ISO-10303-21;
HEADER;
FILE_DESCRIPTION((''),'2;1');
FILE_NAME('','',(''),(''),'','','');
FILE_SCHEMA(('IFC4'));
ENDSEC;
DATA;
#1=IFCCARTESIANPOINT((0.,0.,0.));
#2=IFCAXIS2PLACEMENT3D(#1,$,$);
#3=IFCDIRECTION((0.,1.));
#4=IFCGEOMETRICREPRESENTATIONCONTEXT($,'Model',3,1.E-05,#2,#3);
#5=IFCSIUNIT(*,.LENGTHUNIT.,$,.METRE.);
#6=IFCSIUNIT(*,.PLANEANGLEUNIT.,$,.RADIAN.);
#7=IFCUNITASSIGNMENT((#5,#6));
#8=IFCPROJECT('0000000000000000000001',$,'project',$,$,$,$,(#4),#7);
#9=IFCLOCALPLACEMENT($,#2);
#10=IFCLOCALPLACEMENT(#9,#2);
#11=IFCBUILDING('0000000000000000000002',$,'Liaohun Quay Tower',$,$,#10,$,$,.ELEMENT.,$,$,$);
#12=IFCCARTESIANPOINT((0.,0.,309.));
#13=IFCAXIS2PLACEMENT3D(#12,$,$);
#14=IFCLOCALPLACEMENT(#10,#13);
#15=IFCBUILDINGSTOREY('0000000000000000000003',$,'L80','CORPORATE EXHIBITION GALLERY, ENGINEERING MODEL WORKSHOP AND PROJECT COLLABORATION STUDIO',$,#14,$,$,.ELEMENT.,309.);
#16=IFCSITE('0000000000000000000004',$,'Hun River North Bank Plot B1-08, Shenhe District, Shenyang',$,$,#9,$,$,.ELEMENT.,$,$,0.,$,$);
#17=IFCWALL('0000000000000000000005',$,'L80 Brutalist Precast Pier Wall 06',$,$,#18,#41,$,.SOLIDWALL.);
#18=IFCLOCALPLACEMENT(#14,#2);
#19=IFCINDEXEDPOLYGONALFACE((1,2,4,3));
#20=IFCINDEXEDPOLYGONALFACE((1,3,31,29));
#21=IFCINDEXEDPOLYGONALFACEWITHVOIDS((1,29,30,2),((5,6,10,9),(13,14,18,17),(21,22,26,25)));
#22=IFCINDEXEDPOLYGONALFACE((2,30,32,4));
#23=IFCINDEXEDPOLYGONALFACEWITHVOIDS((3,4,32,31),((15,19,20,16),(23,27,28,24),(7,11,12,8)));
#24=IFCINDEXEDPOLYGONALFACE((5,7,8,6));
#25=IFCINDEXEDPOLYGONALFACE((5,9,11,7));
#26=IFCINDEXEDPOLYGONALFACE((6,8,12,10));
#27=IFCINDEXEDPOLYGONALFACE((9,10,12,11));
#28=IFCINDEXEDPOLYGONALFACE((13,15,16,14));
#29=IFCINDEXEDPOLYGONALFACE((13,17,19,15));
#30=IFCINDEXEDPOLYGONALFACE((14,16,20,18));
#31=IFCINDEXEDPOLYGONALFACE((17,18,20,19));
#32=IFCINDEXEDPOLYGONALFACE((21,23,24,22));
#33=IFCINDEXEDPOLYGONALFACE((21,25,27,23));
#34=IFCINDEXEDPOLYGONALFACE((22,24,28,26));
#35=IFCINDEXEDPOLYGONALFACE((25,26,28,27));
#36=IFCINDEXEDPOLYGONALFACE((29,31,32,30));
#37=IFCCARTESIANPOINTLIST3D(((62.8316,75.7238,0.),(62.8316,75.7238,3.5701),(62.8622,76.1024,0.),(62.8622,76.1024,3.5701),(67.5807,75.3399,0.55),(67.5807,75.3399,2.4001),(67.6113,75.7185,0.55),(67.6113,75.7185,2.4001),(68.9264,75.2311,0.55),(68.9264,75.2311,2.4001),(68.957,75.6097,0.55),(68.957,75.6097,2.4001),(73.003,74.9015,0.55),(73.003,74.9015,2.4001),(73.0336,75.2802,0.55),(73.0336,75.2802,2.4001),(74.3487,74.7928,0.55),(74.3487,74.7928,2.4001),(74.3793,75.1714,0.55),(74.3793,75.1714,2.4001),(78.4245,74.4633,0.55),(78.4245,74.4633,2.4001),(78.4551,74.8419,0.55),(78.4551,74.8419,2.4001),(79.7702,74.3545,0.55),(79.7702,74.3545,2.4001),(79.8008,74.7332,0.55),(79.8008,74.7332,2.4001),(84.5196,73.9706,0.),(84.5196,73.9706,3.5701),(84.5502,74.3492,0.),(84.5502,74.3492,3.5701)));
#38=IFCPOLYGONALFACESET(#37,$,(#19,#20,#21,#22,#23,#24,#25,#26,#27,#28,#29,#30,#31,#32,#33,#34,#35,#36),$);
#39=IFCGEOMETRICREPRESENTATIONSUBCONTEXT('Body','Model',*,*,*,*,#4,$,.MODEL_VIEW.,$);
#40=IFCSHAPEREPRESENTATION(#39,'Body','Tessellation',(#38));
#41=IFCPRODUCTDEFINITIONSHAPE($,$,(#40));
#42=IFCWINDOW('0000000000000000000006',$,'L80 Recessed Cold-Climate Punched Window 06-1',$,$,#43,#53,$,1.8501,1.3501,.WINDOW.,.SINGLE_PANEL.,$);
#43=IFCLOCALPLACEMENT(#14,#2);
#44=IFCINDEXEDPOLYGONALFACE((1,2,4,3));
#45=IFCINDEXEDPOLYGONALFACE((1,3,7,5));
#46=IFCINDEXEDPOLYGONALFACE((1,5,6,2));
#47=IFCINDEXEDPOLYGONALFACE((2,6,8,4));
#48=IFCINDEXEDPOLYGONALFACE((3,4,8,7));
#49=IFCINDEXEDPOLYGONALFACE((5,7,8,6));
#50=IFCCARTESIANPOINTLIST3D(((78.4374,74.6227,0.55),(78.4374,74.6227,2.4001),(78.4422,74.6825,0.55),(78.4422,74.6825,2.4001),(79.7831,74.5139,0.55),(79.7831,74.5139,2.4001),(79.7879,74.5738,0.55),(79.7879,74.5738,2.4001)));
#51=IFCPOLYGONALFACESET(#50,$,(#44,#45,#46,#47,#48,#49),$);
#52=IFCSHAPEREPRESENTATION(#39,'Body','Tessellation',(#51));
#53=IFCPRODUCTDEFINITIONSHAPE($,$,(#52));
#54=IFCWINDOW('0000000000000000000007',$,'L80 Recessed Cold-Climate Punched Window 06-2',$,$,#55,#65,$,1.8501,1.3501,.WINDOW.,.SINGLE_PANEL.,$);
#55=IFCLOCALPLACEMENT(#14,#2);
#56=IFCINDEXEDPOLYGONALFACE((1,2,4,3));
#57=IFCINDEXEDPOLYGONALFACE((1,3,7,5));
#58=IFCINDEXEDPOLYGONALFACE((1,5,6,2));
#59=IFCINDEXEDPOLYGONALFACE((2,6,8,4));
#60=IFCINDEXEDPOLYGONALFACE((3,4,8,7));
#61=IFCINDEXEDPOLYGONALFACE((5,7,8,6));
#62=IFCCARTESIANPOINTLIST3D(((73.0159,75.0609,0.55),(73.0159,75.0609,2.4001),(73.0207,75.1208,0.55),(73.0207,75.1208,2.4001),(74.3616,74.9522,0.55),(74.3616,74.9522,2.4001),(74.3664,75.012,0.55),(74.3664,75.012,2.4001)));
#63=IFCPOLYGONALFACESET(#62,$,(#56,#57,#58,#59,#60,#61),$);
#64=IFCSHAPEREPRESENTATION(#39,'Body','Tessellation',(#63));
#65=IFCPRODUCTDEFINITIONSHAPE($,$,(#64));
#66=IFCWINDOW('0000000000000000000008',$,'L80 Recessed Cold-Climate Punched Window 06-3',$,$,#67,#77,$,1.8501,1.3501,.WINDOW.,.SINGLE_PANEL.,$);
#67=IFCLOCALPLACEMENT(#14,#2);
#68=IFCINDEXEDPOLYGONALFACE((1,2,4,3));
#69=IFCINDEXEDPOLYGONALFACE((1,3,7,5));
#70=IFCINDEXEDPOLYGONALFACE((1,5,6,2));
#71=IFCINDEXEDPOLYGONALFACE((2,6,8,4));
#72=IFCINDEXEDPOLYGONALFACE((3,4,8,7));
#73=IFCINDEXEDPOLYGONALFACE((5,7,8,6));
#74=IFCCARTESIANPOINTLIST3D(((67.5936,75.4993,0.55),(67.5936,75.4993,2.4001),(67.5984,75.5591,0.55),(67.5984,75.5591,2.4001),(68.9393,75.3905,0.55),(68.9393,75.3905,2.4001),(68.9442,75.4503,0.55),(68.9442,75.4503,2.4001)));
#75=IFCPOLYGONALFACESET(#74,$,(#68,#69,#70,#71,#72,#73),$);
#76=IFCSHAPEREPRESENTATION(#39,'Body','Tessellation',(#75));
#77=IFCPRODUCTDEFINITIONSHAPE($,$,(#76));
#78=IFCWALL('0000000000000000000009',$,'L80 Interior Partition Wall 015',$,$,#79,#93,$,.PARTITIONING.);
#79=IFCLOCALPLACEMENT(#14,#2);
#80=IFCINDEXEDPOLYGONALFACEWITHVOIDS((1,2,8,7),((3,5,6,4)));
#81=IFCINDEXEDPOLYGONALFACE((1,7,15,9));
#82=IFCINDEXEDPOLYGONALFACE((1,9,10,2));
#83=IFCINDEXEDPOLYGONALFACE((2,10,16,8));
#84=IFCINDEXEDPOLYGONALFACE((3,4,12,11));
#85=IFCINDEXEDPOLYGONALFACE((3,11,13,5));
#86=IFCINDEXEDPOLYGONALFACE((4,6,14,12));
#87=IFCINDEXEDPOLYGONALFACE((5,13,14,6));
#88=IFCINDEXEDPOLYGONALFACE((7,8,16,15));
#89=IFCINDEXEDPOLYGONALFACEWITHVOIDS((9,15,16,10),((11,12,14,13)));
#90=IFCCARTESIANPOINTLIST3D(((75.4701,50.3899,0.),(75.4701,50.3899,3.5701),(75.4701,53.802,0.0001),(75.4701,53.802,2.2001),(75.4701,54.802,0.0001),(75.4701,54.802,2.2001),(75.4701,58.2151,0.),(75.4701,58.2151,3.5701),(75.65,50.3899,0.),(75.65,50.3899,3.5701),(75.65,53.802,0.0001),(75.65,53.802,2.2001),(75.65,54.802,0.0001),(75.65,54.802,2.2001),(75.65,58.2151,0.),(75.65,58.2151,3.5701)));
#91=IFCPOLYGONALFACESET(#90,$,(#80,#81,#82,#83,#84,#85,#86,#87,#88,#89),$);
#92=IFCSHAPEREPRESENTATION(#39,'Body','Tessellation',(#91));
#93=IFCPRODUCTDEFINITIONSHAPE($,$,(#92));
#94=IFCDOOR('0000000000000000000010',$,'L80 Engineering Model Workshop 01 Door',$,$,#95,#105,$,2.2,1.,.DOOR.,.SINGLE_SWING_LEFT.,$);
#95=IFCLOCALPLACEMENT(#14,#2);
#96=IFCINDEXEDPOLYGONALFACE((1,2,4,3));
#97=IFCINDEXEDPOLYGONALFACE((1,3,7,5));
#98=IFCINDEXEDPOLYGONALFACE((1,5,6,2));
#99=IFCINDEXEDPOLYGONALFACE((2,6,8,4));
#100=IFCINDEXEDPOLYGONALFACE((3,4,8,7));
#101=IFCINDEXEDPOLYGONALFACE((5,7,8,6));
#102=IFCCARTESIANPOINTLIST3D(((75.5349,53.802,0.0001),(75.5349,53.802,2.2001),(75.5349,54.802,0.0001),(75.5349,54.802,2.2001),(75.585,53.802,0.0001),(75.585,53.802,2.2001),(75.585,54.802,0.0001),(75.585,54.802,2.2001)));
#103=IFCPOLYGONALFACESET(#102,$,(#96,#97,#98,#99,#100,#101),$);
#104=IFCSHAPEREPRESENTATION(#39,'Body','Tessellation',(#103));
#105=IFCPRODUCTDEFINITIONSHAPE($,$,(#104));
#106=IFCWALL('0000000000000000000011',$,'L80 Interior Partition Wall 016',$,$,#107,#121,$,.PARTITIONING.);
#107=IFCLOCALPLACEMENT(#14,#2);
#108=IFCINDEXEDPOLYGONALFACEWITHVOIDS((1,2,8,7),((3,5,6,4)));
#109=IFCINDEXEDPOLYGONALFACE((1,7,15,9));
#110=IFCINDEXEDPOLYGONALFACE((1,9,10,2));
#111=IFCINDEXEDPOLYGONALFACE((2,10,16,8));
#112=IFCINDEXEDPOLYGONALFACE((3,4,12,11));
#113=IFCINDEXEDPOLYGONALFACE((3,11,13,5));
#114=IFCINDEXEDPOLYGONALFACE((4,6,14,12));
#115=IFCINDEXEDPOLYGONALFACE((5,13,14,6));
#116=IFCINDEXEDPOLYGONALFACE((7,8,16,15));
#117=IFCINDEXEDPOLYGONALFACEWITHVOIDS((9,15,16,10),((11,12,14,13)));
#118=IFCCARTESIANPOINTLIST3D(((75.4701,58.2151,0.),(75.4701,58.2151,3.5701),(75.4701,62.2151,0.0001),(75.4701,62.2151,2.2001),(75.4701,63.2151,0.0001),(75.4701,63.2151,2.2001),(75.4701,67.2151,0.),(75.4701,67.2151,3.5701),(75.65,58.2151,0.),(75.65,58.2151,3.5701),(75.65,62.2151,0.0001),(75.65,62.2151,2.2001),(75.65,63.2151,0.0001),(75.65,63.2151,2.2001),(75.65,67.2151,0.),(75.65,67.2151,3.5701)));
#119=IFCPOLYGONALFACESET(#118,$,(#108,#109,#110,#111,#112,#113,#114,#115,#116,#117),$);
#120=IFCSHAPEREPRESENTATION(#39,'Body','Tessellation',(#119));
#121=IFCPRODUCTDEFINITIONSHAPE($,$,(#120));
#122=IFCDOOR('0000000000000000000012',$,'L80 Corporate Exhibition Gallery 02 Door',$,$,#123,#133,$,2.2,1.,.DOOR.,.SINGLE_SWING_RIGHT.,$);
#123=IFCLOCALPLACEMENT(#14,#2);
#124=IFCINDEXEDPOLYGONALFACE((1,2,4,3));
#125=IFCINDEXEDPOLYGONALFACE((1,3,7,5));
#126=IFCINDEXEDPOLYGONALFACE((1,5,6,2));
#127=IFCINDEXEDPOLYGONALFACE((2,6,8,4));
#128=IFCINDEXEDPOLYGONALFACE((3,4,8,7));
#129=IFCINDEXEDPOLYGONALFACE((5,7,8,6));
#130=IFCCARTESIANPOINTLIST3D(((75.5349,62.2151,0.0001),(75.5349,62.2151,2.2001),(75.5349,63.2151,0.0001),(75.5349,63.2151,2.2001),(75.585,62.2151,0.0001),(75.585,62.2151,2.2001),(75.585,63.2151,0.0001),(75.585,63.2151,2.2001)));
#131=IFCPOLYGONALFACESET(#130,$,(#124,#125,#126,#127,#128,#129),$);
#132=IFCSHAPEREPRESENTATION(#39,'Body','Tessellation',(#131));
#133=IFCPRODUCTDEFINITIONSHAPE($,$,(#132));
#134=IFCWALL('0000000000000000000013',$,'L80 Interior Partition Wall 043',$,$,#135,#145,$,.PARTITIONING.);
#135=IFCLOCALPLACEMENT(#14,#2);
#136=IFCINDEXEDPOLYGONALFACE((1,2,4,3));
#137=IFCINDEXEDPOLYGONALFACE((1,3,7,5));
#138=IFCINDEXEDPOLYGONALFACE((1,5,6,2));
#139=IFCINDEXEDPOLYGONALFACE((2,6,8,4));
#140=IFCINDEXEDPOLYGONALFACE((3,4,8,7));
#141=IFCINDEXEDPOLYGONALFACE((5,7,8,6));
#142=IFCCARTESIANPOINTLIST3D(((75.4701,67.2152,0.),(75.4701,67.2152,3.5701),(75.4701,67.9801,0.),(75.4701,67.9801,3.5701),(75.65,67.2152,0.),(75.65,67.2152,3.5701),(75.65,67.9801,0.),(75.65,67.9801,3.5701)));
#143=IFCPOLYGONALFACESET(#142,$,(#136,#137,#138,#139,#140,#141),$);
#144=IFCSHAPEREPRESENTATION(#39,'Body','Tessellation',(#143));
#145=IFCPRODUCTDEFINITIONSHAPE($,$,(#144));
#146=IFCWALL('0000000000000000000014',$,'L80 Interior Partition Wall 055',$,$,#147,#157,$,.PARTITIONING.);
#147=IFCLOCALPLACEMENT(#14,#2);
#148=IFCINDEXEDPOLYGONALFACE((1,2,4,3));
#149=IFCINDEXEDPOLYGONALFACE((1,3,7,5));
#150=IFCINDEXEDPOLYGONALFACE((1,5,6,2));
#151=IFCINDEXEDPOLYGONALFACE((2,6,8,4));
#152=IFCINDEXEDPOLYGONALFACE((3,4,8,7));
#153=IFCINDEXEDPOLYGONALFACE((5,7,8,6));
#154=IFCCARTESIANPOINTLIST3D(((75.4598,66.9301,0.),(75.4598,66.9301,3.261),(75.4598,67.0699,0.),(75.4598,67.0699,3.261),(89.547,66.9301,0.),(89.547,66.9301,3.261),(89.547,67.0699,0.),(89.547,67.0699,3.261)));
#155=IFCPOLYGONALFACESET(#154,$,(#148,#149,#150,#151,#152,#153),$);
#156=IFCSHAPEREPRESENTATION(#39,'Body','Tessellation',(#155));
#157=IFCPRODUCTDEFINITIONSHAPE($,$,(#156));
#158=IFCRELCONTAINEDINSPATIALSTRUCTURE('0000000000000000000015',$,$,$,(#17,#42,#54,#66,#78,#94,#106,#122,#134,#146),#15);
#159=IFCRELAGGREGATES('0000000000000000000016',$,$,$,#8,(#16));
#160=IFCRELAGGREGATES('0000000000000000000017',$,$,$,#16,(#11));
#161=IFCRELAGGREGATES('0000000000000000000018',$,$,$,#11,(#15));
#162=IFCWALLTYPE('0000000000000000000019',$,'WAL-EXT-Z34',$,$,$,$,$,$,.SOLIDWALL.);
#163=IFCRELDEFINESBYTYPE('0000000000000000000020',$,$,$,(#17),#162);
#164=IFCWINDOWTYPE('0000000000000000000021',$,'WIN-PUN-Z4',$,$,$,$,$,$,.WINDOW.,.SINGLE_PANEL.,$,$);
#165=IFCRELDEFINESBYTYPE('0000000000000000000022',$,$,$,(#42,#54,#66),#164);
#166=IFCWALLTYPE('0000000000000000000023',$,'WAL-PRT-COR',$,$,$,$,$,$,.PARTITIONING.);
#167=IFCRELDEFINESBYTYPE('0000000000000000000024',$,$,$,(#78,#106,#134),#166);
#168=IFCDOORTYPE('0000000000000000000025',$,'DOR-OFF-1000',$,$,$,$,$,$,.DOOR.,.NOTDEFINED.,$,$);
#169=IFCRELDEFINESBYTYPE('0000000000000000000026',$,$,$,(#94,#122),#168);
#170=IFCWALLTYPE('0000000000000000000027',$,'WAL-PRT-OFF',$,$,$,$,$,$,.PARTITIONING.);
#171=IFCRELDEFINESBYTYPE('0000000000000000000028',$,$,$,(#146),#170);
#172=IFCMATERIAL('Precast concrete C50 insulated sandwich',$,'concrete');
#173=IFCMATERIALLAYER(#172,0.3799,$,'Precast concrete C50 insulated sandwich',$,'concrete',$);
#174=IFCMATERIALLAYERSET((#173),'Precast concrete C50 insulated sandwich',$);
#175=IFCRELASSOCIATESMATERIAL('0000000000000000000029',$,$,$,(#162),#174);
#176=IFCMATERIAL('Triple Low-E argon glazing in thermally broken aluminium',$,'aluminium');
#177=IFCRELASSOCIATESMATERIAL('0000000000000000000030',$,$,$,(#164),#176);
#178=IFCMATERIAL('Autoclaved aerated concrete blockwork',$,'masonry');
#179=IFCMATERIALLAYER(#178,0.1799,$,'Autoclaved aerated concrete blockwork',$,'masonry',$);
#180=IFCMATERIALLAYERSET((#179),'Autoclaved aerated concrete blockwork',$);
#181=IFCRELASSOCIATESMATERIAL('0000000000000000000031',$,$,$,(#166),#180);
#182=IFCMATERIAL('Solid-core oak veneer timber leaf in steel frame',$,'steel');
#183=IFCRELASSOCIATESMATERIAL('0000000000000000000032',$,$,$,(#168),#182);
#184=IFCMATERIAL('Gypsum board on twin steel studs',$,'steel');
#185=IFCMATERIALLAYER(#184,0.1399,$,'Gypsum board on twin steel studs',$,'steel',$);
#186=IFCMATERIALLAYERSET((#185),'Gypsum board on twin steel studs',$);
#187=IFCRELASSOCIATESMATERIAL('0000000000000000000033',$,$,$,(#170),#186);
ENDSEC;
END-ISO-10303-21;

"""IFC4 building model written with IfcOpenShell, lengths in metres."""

from ifc_helpers import new_model, si_unit, direction, frame, frame_2d, origin, place, context, subcontext, project, spatial, rectangle, extrude, source, transform, mapped, material, layer, layer_set, type_object, element, fill, save


model = new_model("IFC4")

# Units and contexts
model_context = context("Model", 3, precision=1e-05, world=origin(), true_north=direction((0.0, 1.0)))
body_context = subcontext(model_context, "Body", "Model", "MODEL_VIEW")
ifc_project = project(units=[si_unit("LENGTHUNIT", "METRE"), si_unit("PLANEANGLEUNIT", "RADIAN")], contexts=[model_context])

# Site, building, storey
site_placement = place(None, origin())
site = spatial("IfcSite", under=ifc_project, at=site_placement, Name="Hun River North Bank Plot B1-08, Shenhe District, Shenyang", CompositionType="ELEMENT", RefElevation=0.0)
building_placement = place(site_placement, origin())
building = spatial("IfcBuilding", under=site, at=building_placement, Name="Liaohun Quay Tower", CompositionType="ELEMENT")
storey_placement = place(building_placement, frame((0.0, 0.0, 309.0)))
storey = spatial("IfcBuildingStorey", under=building, at=storey_placement, Name="L80", Description="CORPORATE EXHIBITION GALLERY, ENGINEERING MODEL WORKSHOP AND PROJECT COLLABORATION STUDIO", CompositionType="ELEMENT", Elevation=309.0)

# Shared definitions
ifc_material_1 = material(Name="Precast concrete C50 insulated sandwich", Category="concrete")
ifc_layer_1 = layer(ifc_material_1, 0.3799, Name="Precast concrete C50 insulated sandwich", Category="concrete")
ifc_layer_set_1 = layer_set([ifc_layer_1], Name="Precast concrete C50 insulated sandwich")
wall_type_1 = type_object("IfcWallType", Name="WAL-EXT-Z34", PredefinedType="SOLIDWALL", material=ifc_layer_set_1)

# Wall, openings, windows
wall_1_placement = place(storey_placement, frame((84.5349, 74.1599, 0.0), z_axis=(0.0, 0.0, 1.0), x_axis=(-0.996749, 0.080573, 0.0)))
wall_1 = element("IfcWall", 1, at=wall_1_placement, inside=storey, type_object=wall_type_1, Name="L80 Brutalist Precast Pier Wall 06", PredefinedType="SOLIDWALL", context=body_context, shape_type="SweptSolid", body=[
    extrude(rectangle(XDim=21.7588, YDim=0.3799, at=frame_2d((10.8794, 0.0))), origin(), (0.0, 0.0, 1.0), 3.5701),
])
shared_shape_1 = source(origin(), body_context, "Body", "SweptSolid", [
    extrude(rectangle(XDim=1.3501, YDim=1.8501, at=frame_2d((0.675, 0.925))), frame((0.0, 0.2, 0.0), z_axis=(0.0, -1.0, 0.0), x_axis=(1.0, 0.0, 0.0)), (0.0, 0.0, 1.0), 0.3999),
])
opening_1_placement = place(wall_1_placement, frame((4.7649, 0.0, 0.55)))
opening_1 = element("IfcOpeningElement", 2, at=opening_1_placement, cuts=wall_1, PredefinedType="OPENING", context=body_context, shape_type="MappedRepresentation", body=[
    mapped(shared_shape_1, transform((0.0, 0.0, 0.0), x_axis=(1.0, 0.0, 0.0), y_axis=(0.0, 1.0, 0.0), z_axis=(0.0, 0.0, 1.0), scale=1.0)),
])
opening_2_placement = place(wall_1_placement, frame((10.2041, 0.0, 0.55)))
opening_2 = element("IfcOpeningElement", 3, at=opening_2_placement, cuts=wall_1, PredefinedType="OPENING", context=body_context, shape_type="MappedRepresentation", body=[
    mapped(shared_shape_1, transform((0.0, 0.0, 0.0), x_axis=(1.0, 0.0, 0.0), y_axis=(0.0, 1.0, 0.0), z_axis=(0.0, 0.0, 1.0), scale=1.0)),
])
opening_3_placement = place(wall_1_placement, frame((15.644, 0.0, 0.55)))
opening_3 = element("IfcOpeningElement", 4, at=opening_3_placement, cuts=wall_1, PredefinedType="OPENING", context=body_context, shape_type="MappedRepresentation", body=[
    mapped(shared_shape_1, transform((0.0, 0.0, 0.0), x_axis=(1.0, 0.0, 0.0), y_axis=(0.0, 1.0, 0.0), z_axis=(0.0, 0.0, 1.0), scale=1.0)),
])
ifc_material_2 = material(Name="Triple Low-E argon glazing in thermally broken aluminium", Category="aluminium")
window_type_1 = type_object("IfcWindowType", Name="WIN-PUN-Z4", PartitioningType="SINGLE_PANEL", PredefinedType="WINDOW", material=ifc_material_2)
shared_shape_2 = source(origin(), body_context, "Body", "SweptSolid", [
    extrude(rectangle(XDim=1.3501, YDim=1.8501, at=frame_2d((0.675, 0.925))), frame((0.0, 0.03, 0.0), z_axis=(0.0, -1.0, 0.0), x_axis=(1.0, 0.0, 0.0)), (0.0, 0.0, 1.0), 0.0601),
])
window_1_placement = place(opening_1_placement, origin())
window_1 = element("IfcWindow", 5, at=window_1_placement, inside=storey, type_object=window_type_1, Name="L80 Recessed Cold-Climate Punched Window 06-1", OverallHeight=1.8501, OverallWidth=1.3501, PartitioningType="SINGLE_PANEL", PredefinedType="WINDOW", context=body_context, shape_type="MappedRepresentation", body=[
    mapped(shared_shape_2, transform((0.0, 0.0, 0.0), x_axis=(1.0, 0.0, 0.0), y_axis=(0.0, 1.0, 0.0), z_axis=(0.0, 0.0, 1.0), scale=1.0)),
])
fill(opening_1, window_1)
window_2_placement = place(opening_2_placement, origin())
window_2 = element("IfcWindow", 6, at=window_2_placement, inside=storey, type_object=window_type_1, Name="L80 Recessed Cold-Climate Punched Window 06-2", OverallHeight=1.8501, OverallWidth=1.3501, PartitioningType="SINGLE_PANEL", PredefinedType="WINDOW", context=body_context, shape_type="MappedRepresentation", body=[
    mapped(shared_shape_2, transform((0.0, 0.0, 0.0), x_axis=(1.0, 0.0, 0.0), y_axis=(0.0, 1.0, 0.0), z_axis=(0.0, 0.0, 1.0), scale=1.0)),
])
fill(opening_2, window_2)
window_3_placement = place(opening_3_placement, origin())
window_3 = element("IfcWindow", 7, at=window_3_placement, inside=storey, type_object=window_type_1, Name="L80 Recessed Cold-Climate Punched Window 06-3", OverallHeight=1.8501, OverallWidth=1.3501, PartitioningType="SINGLE_PANEL", PredefinedType="WINDOW", context=body_context, shape_type="MappedRepresentation", body=[
    mapped(shared_shape_2, transform((0.0, 0.0, 0.0), x_axis=(1.0, 0.0, 0.0), y_axis=(0.0, 1.0, 0.0), z_axis=(0.0, 0.0, 1.0), scale=1.0)),
])
fill(opening_3, window_3)

# Walls, openings, doors
ifc_material_3 = material(Name="Autoclaved aerated concrete blockwork", Category="masonry")
ifc_layer_2 = layer(ifc_material_3, 0.1799, Name="Autoclaved aerated concrete blockwork", Category="masonry")
ifc_layer_set_2 = layer_set([ifc_layer_2], Name="Autoclaved aerated concrete blockwork")
wall_type_2 = type_object("IfcWallType", Name="WAL-PRT-COR", PredefinedType="PARTITIONING", material=ifc_layer_set_2)
wall_2_placement = place(storey_placement, frame((75.5601, 58.2151, 0.0), z_axis=(0.0, 0.0, 1.0), x_axis=(0.0, -1.0, 0.0)))
wall_2 = element("IfcWall", 8, at=wall_2_placement, inside=storey, type_object=wall_type_2, Name="L80 Interior Partition Wall 015", PredefinedType="PARTITIONING", context=body_context, shape_type="SweptSolid", body=[
    extrude(rectangle(XDim=7.8252, YDim=0.1799, at=frame_2d((3.9126, 0.0))), origin(), (0.0, 0.0, 1.0), 3.5701),
])
shared_shape_3 = source(origin(), body_context, "Body", "SweptSolid", [
    extrude(rectangle(XDim=1.0, YDim=2.2, at=frame_2d((0.5, 1.1001))), frame((0.0, 0.0999, 0.0), z_axis=(0.0, -1.0, 0.0), x_axis=(1.0, 0.0, 0.0)), (0.0, 0.0, 1.0), 0.2),
])
opening_4_placement = place(wall_2_placement, frame((3.4131, 0.0, 0.0)))
opening_4 = element("IfcOpeningElement", 9, at=opening_4_placement, cuts=wall_2, PredefinedType="OPENING", context=body_context, shape_type="MappedRepresentation", body=[
    mapped(shared_shape_3, transform((0.0, 0.0, 0.0), x_axis=(1.0, 0.0, 0.0), y_axis=(0.0, 1.0, 0.0), z_axis=(0.0, 0.0, 1.0), scale=1.0)),
])
ifc_material_4 = material(Name="Solid-core oak veneer timber leaf in steel frame", Category="steel")
door_type = type_object("IfcDoorType", Name="DOR-OFF-1000", OperationType="NOTDEFINED", PredefinedType="DOOR", material=ifc_material_4)
shared_shape_4 = source(origin(), body_context, "Body", "SweptSolid", [
    extrude(rectangle(XDim=1.0, YDim=2.2, at=frame_2d((0.5, 1.1001))), frame((0.0, 0.0249, 0.0), z_axis=(0.0, -1.0, 0.0), x_axis=(1.0, 0.0, 0.0)), (0.0, 0.0, 1.0), 0.05),
])
door_1_placement = place(opening_4_placement, origin())
door_1 = element("IfcDoor", 10, at=door_1_placement, inside=storey, type_object=door_type, Name="L80 Engineering Model Workshop 01 Door", OperationType="SINGLE_SWING_LEFT", OverallHeight=2.2, OverallWidth=1.0, PredefinedType="DOOR", context=body_context, shape_type="MappedRepresentation", body=[
    mapped(shared_shape_4, transform((0.0, 0.0, 0.0), x_axis=(1.0, 0.0, 0.0), y_axis=(0.0, 1.0, 0.0), z_axis=(0.0, 0.0, 1.0), scale=1.0)),
])
fill(opening_4, door_1)
wall_3_placement = place(storey_placement, frame((75.5601, 67.2151, 0.0), z_axis=(0.0, 0.0, 1.0), x_axis=(0.0, -1.0, 0.0)))
wall_3 = element("IfcWall", 11, at=wall_3_placement, inside=storey, type_object=wall_type_2, Name="L80 Interior Partition Wall 016", PredefinedType="PARTITIONING", context=body_context, shape_type="SweptSolid", body=[
    extrude(rectangle(XDim=9.0, YDim=0.1799, at=frame_2d((4.5, 0.0))), origin(), (0.0, 0.0, 1.0), 3.5701),
])
opening_5_placement = place(wall_3_placement, frame((4.0, 0.0, 0.0)))
opening_5 = element("IfcOpeningElement", 12, at=opening_5_placement, cuts=wall_3, PredefinedType="OPENING", context=body_context, shape_type="MappedRepresentation", body=[
    mapped(shared_shape_3, transform((0.0, 0.0, 0.0), x_axis=(1.0, 0.0, 0.0), y_axis=(0.0, 1.0, 0.0), z_axis=(0.0, 0.0, 1.0), scale=1.0)),
])
door_2_placement = place(opening_5_placement, origin())
door_2 = element("IfcDoor", 13, at=door_2_placement, inside=storey, type_object=door_type, Name="L80 Corporate Exhibition Gallery 02 Door", OperationType="SINGLE_SWING_RIGHT", OverallHeight=2.2, OverallWidth=1.0, PredefinedType="DOOR", context=body_context, shape_type="MappedRepresentation", body=[
    mapped(shared_shape_4, transform((0.0, 0.0, 0.0), x_axis=(1.0, 0.0, 0.0), y_axis=(0.0, 1.0, 0.0), z_axis=(0.0, 0.0, 1.0), scale=1.0)),
])
fill(opening_5, door_2)

# Walls
wall_4_placement = place(storey_placement, frame((75.5601, 67.98, 0.0), z_axis=(0.0, 0.0, 1.0), x_axis=(0.0, -1.0, 0.0)))
element("IfcWall", 14, at=wall_4_placement, inside=storey, type_object=wall_type_2, Name="L80 Interior Partition Wall 043", PredefinedType="PARTITIONING", context=body_context, shape_type="SweptSolid", body=[
    extrude(rectangle(XDim=0.7649, YDim=0.1799, at=frame_2d((0.3823, 0.0))), origin(), (0.0, 0.0, 1.0), 3.5701),
])
ifc_material_5 = material(Name="Gypsum board on twin steel studs", Category="steel")
ifc_layer_3 = layer(ifc_material_5, 0.1399, Name="Gypsum board on twin steel studs", Category="steel")
ifc_layer_set_3 = layer_set([ifc_layer_3], Name="Gypsum board on twin steel studs")
wall_type_3 = type_object("IfcWallType", Name="WAL-PRT-OFF", PredefinedType="PARTITIONING", material=ifc_layer_set_3)
wall_5_placement = place(storey_placement, frame((75.46, 67.0, 0.0), z_axis=(0.0, 0.0, 1.0), x_axis=(1.0, 0.0, 0.0)))
element("IfcWall", 15, at=wall_5_placement, inside=storey, type_object=wall_type_3, Name="L80 Interior Partition Wall 055", PredefinedType="PARTITIONING", context=body_context, shape_type="SweptSolid", body=[
    extrude(rectangle(XDim=14.0872, YDim=0.1399, at=frame_2d((7.0435, 0.0))), origin(), (0.0, 0.0, 1.0), 3.261),
])

save(model, "model.ifc")
